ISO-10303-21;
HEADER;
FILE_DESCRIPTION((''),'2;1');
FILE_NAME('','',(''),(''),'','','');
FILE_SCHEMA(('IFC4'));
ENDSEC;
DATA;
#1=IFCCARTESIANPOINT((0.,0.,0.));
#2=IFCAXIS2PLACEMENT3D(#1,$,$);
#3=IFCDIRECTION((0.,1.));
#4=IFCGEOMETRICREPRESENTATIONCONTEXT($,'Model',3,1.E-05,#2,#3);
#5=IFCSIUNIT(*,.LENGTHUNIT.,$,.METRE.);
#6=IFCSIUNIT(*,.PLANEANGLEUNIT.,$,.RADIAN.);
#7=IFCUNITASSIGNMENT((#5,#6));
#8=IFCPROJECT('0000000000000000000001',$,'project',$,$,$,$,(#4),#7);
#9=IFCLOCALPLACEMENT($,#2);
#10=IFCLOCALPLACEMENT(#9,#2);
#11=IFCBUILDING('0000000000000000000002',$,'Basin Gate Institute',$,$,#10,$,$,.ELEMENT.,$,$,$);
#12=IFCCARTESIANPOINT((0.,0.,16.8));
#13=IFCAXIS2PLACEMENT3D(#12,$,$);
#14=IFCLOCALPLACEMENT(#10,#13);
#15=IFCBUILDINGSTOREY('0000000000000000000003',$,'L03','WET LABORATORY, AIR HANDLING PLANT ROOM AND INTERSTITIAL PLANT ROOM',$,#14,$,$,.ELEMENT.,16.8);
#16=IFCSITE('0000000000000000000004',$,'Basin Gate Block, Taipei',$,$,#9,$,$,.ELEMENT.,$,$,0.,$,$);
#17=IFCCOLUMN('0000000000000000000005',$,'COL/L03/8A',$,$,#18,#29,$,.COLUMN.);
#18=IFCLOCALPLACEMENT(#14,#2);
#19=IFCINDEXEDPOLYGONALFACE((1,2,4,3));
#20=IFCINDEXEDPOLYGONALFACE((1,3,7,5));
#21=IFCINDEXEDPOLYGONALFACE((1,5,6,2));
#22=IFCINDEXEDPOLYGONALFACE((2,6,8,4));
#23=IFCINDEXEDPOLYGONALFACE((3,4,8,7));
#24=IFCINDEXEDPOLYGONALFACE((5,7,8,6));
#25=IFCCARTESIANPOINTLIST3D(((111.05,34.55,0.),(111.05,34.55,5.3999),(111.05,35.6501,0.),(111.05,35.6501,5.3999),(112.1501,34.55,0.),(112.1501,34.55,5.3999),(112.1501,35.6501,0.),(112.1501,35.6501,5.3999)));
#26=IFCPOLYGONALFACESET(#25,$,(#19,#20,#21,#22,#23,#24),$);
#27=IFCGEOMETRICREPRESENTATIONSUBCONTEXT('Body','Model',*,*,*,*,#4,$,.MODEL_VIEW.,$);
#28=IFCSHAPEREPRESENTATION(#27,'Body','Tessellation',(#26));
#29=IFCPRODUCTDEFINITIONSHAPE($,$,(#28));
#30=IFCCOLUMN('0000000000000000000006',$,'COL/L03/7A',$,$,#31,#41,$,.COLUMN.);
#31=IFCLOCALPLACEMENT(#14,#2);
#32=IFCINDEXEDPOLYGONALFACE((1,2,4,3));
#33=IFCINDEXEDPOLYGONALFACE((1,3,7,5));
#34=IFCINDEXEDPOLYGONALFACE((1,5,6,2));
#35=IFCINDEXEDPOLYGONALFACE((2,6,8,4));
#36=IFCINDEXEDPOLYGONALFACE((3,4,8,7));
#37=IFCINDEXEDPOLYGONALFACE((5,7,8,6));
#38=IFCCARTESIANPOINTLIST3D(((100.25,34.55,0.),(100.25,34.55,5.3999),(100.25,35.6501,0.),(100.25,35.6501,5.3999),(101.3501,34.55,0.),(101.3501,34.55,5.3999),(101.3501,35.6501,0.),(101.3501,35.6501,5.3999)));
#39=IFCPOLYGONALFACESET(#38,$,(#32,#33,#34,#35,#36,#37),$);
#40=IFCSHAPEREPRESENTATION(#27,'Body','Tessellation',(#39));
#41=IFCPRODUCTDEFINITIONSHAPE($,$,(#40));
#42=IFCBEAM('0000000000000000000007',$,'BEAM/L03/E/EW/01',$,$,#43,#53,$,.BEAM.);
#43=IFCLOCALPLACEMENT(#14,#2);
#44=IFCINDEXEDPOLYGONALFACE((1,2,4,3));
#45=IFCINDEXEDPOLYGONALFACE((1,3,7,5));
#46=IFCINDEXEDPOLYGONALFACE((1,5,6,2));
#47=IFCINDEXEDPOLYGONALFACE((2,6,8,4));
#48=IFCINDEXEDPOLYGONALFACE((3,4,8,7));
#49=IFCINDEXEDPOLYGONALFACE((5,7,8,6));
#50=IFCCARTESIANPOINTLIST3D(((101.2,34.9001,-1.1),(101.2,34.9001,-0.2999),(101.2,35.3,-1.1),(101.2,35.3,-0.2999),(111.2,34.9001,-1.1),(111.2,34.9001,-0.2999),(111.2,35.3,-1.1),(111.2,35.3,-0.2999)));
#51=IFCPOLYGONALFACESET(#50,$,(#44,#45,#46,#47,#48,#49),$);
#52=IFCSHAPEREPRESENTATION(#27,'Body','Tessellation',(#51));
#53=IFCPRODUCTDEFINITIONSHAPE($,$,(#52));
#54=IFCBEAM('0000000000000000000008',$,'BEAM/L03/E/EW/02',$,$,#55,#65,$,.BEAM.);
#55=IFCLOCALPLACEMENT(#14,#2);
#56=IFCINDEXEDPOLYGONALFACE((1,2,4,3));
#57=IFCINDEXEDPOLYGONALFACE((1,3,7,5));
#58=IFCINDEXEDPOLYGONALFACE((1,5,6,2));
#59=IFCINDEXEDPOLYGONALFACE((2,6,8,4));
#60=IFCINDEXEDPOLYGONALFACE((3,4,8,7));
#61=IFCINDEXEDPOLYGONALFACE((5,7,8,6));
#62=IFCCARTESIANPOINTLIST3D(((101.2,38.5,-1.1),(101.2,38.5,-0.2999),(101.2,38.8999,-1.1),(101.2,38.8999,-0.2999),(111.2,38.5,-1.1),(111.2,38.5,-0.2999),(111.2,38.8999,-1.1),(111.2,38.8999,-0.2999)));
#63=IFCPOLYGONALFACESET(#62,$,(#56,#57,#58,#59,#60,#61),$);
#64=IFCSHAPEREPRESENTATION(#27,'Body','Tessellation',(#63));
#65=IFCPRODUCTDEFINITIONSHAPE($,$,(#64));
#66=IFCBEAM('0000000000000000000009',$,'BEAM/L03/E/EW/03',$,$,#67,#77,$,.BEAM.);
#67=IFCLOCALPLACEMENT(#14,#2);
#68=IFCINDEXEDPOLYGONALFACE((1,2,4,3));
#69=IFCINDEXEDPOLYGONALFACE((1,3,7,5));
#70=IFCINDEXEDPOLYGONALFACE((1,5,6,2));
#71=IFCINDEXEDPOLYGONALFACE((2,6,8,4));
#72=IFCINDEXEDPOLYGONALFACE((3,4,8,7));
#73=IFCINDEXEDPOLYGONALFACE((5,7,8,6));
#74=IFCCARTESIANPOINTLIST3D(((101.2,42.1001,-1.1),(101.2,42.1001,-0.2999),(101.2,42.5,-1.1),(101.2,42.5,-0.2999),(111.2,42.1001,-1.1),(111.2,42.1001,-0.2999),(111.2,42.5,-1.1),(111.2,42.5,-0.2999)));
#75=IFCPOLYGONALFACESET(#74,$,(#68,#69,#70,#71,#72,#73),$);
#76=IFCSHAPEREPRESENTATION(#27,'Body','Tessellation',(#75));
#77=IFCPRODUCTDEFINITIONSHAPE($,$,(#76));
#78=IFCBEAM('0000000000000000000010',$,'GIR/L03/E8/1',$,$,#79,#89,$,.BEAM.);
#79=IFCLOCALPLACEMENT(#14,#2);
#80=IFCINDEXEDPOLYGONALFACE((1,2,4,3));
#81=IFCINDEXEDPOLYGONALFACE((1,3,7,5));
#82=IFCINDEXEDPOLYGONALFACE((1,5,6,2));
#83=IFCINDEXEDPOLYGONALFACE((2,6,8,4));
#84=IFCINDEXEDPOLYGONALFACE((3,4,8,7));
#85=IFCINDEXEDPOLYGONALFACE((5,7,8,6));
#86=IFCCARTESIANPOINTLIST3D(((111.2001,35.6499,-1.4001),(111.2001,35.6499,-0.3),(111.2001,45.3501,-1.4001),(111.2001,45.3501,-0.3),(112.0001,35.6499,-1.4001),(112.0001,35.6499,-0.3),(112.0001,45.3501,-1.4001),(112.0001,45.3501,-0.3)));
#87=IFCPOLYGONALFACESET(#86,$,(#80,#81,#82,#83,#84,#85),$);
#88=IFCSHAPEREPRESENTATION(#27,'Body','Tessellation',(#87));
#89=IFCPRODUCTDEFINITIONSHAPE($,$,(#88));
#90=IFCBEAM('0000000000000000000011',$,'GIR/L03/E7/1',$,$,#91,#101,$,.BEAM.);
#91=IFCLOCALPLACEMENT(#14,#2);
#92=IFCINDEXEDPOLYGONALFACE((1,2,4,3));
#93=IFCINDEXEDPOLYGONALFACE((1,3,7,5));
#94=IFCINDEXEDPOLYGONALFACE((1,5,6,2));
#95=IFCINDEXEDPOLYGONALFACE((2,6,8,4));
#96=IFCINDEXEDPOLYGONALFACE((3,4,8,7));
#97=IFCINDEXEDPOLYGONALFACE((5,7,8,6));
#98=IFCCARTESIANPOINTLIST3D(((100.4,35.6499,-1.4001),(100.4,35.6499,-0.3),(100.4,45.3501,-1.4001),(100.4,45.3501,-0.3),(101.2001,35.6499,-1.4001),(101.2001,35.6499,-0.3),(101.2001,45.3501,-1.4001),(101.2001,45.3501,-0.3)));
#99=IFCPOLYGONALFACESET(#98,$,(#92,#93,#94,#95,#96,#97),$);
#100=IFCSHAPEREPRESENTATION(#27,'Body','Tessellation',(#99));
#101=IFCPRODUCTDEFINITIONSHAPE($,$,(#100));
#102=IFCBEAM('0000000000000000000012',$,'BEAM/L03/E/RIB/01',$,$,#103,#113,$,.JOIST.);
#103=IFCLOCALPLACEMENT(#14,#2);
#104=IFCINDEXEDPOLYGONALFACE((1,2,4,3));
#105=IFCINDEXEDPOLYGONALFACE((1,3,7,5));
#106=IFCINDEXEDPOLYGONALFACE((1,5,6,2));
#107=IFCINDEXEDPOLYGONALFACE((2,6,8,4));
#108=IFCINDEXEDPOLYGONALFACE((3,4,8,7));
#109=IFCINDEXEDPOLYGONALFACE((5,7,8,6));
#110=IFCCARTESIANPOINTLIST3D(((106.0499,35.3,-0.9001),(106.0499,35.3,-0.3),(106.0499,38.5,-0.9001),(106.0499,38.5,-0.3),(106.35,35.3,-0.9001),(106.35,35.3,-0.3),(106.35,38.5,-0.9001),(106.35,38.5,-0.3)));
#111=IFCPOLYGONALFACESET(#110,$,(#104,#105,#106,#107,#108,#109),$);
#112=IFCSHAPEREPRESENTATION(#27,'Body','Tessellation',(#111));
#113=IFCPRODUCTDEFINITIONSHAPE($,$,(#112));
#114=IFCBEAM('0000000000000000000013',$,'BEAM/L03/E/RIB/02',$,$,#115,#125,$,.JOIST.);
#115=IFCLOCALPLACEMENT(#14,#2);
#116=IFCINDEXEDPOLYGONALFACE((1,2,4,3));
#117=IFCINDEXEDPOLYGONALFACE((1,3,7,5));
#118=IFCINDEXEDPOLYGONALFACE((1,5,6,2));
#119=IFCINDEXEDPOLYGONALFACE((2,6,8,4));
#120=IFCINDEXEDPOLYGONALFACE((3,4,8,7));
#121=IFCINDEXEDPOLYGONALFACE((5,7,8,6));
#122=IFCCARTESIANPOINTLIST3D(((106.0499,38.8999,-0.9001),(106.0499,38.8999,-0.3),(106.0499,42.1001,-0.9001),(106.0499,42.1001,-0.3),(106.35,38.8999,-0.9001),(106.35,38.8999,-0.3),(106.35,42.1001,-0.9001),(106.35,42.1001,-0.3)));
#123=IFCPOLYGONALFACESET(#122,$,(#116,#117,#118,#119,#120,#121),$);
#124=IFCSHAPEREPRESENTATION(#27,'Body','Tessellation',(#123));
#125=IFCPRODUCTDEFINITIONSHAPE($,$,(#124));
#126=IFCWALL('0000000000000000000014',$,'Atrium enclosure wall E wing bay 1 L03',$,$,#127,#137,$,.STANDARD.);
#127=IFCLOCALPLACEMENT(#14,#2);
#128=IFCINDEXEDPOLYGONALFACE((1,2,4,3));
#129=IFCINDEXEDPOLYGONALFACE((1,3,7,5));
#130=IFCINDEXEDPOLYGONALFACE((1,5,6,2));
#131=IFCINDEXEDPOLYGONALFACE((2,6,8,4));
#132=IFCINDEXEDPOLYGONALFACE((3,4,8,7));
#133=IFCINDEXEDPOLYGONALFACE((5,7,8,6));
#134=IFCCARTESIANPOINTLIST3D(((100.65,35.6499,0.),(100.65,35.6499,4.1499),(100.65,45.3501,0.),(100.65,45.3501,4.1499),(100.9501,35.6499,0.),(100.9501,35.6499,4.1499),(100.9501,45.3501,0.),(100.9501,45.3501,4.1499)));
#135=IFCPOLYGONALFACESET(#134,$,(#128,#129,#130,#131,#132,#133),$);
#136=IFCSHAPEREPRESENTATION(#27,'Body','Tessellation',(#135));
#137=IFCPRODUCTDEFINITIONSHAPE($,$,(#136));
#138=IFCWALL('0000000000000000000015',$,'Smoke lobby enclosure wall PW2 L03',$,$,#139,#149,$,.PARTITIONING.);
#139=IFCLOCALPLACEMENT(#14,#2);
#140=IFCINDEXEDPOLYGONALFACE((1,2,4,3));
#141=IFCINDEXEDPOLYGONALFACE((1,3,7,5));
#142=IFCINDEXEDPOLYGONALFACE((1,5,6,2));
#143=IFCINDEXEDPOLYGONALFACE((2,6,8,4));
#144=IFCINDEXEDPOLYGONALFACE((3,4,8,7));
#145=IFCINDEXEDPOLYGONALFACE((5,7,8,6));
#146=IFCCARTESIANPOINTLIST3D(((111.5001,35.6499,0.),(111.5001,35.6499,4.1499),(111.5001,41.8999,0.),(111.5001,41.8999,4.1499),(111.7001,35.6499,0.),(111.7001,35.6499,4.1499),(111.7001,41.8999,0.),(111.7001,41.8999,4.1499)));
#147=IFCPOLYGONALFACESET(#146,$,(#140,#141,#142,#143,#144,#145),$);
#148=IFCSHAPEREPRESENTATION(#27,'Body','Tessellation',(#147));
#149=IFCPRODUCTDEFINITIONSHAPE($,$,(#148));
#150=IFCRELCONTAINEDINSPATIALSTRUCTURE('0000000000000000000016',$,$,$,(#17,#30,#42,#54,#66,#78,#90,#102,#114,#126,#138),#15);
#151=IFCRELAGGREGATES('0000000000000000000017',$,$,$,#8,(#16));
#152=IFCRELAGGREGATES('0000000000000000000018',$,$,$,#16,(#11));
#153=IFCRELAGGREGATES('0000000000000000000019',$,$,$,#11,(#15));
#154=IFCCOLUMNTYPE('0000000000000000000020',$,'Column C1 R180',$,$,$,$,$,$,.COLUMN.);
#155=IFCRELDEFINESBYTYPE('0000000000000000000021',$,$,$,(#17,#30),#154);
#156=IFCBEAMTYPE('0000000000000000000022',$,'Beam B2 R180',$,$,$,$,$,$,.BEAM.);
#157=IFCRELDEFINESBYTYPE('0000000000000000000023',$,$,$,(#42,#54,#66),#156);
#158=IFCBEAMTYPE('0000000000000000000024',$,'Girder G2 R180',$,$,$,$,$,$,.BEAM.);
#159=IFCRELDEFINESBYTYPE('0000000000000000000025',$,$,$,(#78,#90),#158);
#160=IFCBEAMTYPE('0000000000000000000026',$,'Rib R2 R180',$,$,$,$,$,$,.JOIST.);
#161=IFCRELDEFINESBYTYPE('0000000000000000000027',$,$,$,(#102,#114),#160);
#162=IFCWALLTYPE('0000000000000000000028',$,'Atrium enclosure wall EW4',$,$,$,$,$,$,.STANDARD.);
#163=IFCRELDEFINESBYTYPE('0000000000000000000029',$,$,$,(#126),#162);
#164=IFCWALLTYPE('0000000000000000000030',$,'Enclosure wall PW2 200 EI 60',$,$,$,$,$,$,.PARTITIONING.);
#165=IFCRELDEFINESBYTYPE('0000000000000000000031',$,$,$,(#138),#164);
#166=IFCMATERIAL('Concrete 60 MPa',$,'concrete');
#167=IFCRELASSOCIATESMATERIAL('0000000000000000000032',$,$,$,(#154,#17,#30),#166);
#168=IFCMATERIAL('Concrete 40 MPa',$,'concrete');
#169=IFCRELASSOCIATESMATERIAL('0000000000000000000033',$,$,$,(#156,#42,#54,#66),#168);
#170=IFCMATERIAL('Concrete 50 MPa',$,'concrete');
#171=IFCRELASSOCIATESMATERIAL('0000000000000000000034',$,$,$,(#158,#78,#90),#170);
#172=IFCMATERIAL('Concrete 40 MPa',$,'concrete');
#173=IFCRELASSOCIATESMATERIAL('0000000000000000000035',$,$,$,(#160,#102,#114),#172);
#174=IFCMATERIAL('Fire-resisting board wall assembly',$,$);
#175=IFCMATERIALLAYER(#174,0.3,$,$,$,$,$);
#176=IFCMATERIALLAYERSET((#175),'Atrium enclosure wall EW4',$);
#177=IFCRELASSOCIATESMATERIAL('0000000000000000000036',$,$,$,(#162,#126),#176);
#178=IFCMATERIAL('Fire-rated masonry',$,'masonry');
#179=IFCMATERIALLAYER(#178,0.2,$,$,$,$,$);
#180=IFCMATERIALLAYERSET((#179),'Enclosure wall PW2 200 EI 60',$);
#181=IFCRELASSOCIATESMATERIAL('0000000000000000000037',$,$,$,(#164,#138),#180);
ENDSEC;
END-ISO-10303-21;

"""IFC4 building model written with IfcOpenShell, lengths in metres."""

from ifc_helpers import new_model, si_unit, direction, frame, frame_2d, origin, origin_2d, place, context, subcontext, project, spatial, rectangle, extrude, material, layer, layer_set, material_profile, profile_set, type_object, element, save


model = new_model("IFC4")

# Units and contexts
model_context = context("Model", 3, precision=1e-05, world=origin(), true_north=direction((0.0, 1.0)))
body_context = subcontext(model_context, "Body", "Model", "MODEL_VIEW")
ifc_project = project(units=[si_unit("LENGTHUNIT", "METRE"), si_unit("PLANEANGLEUNIT", "RADIAN")], contexts=[model_context])

# Site, building, storey
site_placement = place(None, origin())
site = spatial("IfcSite", under=ifc_project, at=site_placement, Name="Basin Gate Block, Taipei", CompositionType="ELEMENT", RefElevation=0.0)
building_placement = place(site_placement, origin())
building = spatial("IfcBuilding", under=site, at=building_placement, Name="Basin Gate Institute", CompositionType="ELEMENT")
storey_placement = place(building_placement, frame((0.0, 0.0, 16.8)))
storey = spatial("IfcBuildingStorey", under=building, at=storey_placement, Name="L03", Description="WET LABORATORY, AIR HANDLING PLANT ROOM AND INTERSTITIAL PLANT ROOM", CompositionType="ELEMENT", Elevation=16.8)

# Columns
ifc_material_1 = material(Name="Concrete 60 MPa", Category="concrete")
ifc_material_profile_1 = material_profile(ifc_material_1, rectangle(XDim=1.1001, YDim=1.1001, at=origin_2d()), Name="Column C1 1100 x 1100")
ifc_profile_set_1 = profile_set([ifc_material_profile_1], Name="Concrete 60 MPa")
column_type = type_object("IfcColumnType", Name="Column C1 R180", PredefinedType="COLUMN", material=ifc_profile_set_1)
for number, where, z_axis, x_axis, name in (
    (1, (111.6001, 35.1001, 0.0), (0.0, 0.0, 1.0), (1.0, 0.0, 0.0), "COL/L03/8A"),
    (2, (100.8, 35.1001, 0.0), (0.0, 0.0, 1.0), (1.0, 0.0, 0.0), "COL/L03/7A"),
):
    element("IfcColumn", number, at=place(storey_placement, frame(where, z_axis=z_axis, x_axis=x_axis)), inside=storey, type_object=column_type, material=ifc_profile_set_1, Name=name, PredefinedType="COLUMN", context=body_context, shape_type="SweptSolid", body=[
        extrude(rectangle(XDim=1.1001, YDim=1.1001, at=origin_2d()), origin(), (0.0, 0.0, 1.0), 5.3999),
    ])

# Beams
ifc_material_2 = material(Name="Concrete 40 MPa", Category="concrete")
ifc_material_profile_2 = material_profile(ifc_material_2, rectangle(XDim=0.3999, YDim=0.8, at=origin_2d()), Name="Beam B2 400 x 800")
ifc_profile_set_2 = profile_set([ifc_material_profile_2], Name="Concrete 40 MPa")
beam_type_1 = type_object("IfcBeamType", Name="Beam B2 R180", PredefinedType="BEAM", material=ifc_profile_set_2)
for number, where, z_axis, x_axis, name in (
    (3, (111.2, 35.1001, -0.7), (-1.0, 0.0, 0.0), (0.0, -1.0, 0.0), "BEAM/L03/E/EW/01"),
    (4, (111.2, 38.7, -0.7), (-1.0, 0.0, 0.0), (0.0, -1.0, 0.0), "BEAM/L03/E/EW/02"),
    (5, (111.2, 42.3, -0.7), (-1.0, 0.0, 0.0), (0.0, -1.0, 0.0), "BEAM/L03/E/EW/03"),
):
    element("IfcBeam", number, at=place(storey_placement, frame(where, z_axis=z_axis, x_axis=x_axis)), inside=storey, type_object=beam_type_1, material=ifc_profile_set_2, Name=name, PredefinedType="BEAM", context=body_context, shape_type="SweptSolid", body=[
        extrude(rectangle(XDim=0.3999, YDim=0.8, at=origin_2d()), origin(), (0.0, 0.0, 1.0), 10.0),
    ])
ifc_material_3 = material(Name="Concrete 50 MPa", Category="concrete")
ifc_material_profile_3 = material_profile(ifc_material_3, rectangle(XDim=0.8, YDim=1.1001, at=origin_2d()), Name="Girder G2 800 x 1100")
ifc_profile_set_3 = profile_set([ifc_material_profile_3], Name="Concrete 50 MPa")
beam_type_2 = type_object("IfcBeamType", Name="Girder G2 R180", PredefinedType="BEAM", material=ifc_profile_set_3)
for number, where, z_axis, x_axis, name in (
    (6, (111.6001, 35.6499, -0.8501), (0.0, 1.0, 0.0), (-1.0, 0.0, 0.0), "GIR/L03/E8/1"),
    (7, (100.8, 35.6499, -0.8501), (0.0, 1.0, 0.0), (-1.0, 0.0, 0.0), "GIR/L03/E7/1"),
):
    element("IfcBeam", number, at=place(storey_placement, frame(where, z_axis=z_axis, x_axis=x_axis)), inside=storey, type_object=beam_type_2, material=ifc_profile_set_3, Name=name, PredefinedType="BEAM", context=body_context, shape_type="SweptSolid", body=[
        extrude(rectangle(XDim=0.8, YDim=1.1001, at=origin_2d()), origin(), (0.0, 0.0, 1.0), 9.7002),
    ])
ifc_material_4 = material(Name="Concrete 40 MPa", Category="concrete")
ifc_material_profile_4 = material_profile(ifc_material_4, rectangle(XDim=0.3, YDim=0.6001, at=origin_2d()), Name="Rib R2 300 x 600")
ifc_profile_set_4 = profile_set([ifc_material_profile_4], Name="Concrete 40 MPa")
beam_type_3 = type_object("IfcBeamType", Name="Rib R2 R180", PredefinedType="JOIST", material=ifc_profile_set_4)
beam_1_placement = place(storey_placement, frame((106.2, 35.3, -0.6001), z_axis=(0.0, 1.0, 0.0), x_axis=(-1.0, 0.0, 0.0)))
element("IfcBeam", 8, at=beam_1_placement, inside=storey, type_object=beam_type_3, material=ifc_profile_set_4, Name="BEAM/L03/E/RIB/01", PredefinedType="JOIST", context=body_context, shape_type="SweptSolid", body=[
    extrude(rectangle(XDim=0.3, YDim=0.6001, at=origin_2d()), origin(), (0.0, 0.0, 1.0), 3.2),
])
beam_2_placement = place(storey_placement, frame((106.2, 38.8999, -0.6001), z_axis=(0.0, 1.0, 0.0), x_axis=(-1.0, 0.0, 0.0)))
element("IfcBeam", 9, at=beam_2_placement, inside=storey, type_object=beam_type_3, material=ifc_profile_set_4, Name="BEAM/L03/E/RIB/02", PredefinedType="JOIST", context=body_context, shape_type="SweptSolid", body=[
    extrude(rectangle(XDim=0.3, YDim=0.6001, at=origin_2d()), origin(), (0.0, 0.0, 1.0), 3.2002),
])

# Walls
ifc_material_5 = material(Name="Fire-resisting board wall assembly")
ifc_layer_1 = layer(ifc_material_5, 0.3)
ifc_layer_set_1 = layer_set([ifc_layer_1], Name="Atrium enclosure wall EW4")
wall_type_1 = type_object("IfcWallType", Name="Atrium enclosure wall EW4", PredefinedType="STANDARD", material=ifc_layer_set_1)
wall_1_placement = place(storey_placement, frame((100.8, 35.6499, 0.0), z_axis=(0.0, 0.0, 1.0), x_axis=(0.0, 1.0, 0.0)))
element("IfcWall", 10, at=wall_1_placement, inside=storey, type_object=wall_type_1, material=ifc_layer_set_1, Name="Atrium enclosure wall E wing bay 1 L03", PredefinedType="STANDARD", context=body_context, shape_type="SweptSolid", body=[
    extrude(rectangle(XDim=9.7002, YDim=0.3, at=frame_2d((4.8501, 0.0))), origin(), (0.0, 0.0, 1.0), 4.1499),
])
ifc_material_6 = material(Name="Fire-rated masonry", Category="masonry")
ifc_layer_2 = layer(ifc_material_6, 0.2)
ifc_layer_set_2 = layer_set([ifc_layer_2], Name="Enclosure wall PW2 200 EI 60")
wall_type_2 = type_object("IfcWallType", Name="Enclosure wall PW2 200 EI 60", PredefinedType="PARTITIONING", material=ifc_layer_set_2)
wall_2_placement = place(storey_placement, frame((111.6001, 35.6499, 0.0), z_axis=(0.0, 0.0, 1.0), x_axis=(0.0, 1.0, 0.0)))
element("IfcWall", 11, at=wall_2_placement, inside=storey, type_object=wall_type_2, material=ifc_layer_set_2, Name="Smoke lobby enclosure wall PW2 L03", PredefinedType="PARTITIONING", context=body_context, shape_type="SweptSolid", body=[
    extrude(rectangle(XDim=6.25, YDim=0.2, at=frame_2d((3.125, 0.0))), origin(), (0.0, 0.0, 1.0), 4.1499),
])

save(model, "model.ifc")
